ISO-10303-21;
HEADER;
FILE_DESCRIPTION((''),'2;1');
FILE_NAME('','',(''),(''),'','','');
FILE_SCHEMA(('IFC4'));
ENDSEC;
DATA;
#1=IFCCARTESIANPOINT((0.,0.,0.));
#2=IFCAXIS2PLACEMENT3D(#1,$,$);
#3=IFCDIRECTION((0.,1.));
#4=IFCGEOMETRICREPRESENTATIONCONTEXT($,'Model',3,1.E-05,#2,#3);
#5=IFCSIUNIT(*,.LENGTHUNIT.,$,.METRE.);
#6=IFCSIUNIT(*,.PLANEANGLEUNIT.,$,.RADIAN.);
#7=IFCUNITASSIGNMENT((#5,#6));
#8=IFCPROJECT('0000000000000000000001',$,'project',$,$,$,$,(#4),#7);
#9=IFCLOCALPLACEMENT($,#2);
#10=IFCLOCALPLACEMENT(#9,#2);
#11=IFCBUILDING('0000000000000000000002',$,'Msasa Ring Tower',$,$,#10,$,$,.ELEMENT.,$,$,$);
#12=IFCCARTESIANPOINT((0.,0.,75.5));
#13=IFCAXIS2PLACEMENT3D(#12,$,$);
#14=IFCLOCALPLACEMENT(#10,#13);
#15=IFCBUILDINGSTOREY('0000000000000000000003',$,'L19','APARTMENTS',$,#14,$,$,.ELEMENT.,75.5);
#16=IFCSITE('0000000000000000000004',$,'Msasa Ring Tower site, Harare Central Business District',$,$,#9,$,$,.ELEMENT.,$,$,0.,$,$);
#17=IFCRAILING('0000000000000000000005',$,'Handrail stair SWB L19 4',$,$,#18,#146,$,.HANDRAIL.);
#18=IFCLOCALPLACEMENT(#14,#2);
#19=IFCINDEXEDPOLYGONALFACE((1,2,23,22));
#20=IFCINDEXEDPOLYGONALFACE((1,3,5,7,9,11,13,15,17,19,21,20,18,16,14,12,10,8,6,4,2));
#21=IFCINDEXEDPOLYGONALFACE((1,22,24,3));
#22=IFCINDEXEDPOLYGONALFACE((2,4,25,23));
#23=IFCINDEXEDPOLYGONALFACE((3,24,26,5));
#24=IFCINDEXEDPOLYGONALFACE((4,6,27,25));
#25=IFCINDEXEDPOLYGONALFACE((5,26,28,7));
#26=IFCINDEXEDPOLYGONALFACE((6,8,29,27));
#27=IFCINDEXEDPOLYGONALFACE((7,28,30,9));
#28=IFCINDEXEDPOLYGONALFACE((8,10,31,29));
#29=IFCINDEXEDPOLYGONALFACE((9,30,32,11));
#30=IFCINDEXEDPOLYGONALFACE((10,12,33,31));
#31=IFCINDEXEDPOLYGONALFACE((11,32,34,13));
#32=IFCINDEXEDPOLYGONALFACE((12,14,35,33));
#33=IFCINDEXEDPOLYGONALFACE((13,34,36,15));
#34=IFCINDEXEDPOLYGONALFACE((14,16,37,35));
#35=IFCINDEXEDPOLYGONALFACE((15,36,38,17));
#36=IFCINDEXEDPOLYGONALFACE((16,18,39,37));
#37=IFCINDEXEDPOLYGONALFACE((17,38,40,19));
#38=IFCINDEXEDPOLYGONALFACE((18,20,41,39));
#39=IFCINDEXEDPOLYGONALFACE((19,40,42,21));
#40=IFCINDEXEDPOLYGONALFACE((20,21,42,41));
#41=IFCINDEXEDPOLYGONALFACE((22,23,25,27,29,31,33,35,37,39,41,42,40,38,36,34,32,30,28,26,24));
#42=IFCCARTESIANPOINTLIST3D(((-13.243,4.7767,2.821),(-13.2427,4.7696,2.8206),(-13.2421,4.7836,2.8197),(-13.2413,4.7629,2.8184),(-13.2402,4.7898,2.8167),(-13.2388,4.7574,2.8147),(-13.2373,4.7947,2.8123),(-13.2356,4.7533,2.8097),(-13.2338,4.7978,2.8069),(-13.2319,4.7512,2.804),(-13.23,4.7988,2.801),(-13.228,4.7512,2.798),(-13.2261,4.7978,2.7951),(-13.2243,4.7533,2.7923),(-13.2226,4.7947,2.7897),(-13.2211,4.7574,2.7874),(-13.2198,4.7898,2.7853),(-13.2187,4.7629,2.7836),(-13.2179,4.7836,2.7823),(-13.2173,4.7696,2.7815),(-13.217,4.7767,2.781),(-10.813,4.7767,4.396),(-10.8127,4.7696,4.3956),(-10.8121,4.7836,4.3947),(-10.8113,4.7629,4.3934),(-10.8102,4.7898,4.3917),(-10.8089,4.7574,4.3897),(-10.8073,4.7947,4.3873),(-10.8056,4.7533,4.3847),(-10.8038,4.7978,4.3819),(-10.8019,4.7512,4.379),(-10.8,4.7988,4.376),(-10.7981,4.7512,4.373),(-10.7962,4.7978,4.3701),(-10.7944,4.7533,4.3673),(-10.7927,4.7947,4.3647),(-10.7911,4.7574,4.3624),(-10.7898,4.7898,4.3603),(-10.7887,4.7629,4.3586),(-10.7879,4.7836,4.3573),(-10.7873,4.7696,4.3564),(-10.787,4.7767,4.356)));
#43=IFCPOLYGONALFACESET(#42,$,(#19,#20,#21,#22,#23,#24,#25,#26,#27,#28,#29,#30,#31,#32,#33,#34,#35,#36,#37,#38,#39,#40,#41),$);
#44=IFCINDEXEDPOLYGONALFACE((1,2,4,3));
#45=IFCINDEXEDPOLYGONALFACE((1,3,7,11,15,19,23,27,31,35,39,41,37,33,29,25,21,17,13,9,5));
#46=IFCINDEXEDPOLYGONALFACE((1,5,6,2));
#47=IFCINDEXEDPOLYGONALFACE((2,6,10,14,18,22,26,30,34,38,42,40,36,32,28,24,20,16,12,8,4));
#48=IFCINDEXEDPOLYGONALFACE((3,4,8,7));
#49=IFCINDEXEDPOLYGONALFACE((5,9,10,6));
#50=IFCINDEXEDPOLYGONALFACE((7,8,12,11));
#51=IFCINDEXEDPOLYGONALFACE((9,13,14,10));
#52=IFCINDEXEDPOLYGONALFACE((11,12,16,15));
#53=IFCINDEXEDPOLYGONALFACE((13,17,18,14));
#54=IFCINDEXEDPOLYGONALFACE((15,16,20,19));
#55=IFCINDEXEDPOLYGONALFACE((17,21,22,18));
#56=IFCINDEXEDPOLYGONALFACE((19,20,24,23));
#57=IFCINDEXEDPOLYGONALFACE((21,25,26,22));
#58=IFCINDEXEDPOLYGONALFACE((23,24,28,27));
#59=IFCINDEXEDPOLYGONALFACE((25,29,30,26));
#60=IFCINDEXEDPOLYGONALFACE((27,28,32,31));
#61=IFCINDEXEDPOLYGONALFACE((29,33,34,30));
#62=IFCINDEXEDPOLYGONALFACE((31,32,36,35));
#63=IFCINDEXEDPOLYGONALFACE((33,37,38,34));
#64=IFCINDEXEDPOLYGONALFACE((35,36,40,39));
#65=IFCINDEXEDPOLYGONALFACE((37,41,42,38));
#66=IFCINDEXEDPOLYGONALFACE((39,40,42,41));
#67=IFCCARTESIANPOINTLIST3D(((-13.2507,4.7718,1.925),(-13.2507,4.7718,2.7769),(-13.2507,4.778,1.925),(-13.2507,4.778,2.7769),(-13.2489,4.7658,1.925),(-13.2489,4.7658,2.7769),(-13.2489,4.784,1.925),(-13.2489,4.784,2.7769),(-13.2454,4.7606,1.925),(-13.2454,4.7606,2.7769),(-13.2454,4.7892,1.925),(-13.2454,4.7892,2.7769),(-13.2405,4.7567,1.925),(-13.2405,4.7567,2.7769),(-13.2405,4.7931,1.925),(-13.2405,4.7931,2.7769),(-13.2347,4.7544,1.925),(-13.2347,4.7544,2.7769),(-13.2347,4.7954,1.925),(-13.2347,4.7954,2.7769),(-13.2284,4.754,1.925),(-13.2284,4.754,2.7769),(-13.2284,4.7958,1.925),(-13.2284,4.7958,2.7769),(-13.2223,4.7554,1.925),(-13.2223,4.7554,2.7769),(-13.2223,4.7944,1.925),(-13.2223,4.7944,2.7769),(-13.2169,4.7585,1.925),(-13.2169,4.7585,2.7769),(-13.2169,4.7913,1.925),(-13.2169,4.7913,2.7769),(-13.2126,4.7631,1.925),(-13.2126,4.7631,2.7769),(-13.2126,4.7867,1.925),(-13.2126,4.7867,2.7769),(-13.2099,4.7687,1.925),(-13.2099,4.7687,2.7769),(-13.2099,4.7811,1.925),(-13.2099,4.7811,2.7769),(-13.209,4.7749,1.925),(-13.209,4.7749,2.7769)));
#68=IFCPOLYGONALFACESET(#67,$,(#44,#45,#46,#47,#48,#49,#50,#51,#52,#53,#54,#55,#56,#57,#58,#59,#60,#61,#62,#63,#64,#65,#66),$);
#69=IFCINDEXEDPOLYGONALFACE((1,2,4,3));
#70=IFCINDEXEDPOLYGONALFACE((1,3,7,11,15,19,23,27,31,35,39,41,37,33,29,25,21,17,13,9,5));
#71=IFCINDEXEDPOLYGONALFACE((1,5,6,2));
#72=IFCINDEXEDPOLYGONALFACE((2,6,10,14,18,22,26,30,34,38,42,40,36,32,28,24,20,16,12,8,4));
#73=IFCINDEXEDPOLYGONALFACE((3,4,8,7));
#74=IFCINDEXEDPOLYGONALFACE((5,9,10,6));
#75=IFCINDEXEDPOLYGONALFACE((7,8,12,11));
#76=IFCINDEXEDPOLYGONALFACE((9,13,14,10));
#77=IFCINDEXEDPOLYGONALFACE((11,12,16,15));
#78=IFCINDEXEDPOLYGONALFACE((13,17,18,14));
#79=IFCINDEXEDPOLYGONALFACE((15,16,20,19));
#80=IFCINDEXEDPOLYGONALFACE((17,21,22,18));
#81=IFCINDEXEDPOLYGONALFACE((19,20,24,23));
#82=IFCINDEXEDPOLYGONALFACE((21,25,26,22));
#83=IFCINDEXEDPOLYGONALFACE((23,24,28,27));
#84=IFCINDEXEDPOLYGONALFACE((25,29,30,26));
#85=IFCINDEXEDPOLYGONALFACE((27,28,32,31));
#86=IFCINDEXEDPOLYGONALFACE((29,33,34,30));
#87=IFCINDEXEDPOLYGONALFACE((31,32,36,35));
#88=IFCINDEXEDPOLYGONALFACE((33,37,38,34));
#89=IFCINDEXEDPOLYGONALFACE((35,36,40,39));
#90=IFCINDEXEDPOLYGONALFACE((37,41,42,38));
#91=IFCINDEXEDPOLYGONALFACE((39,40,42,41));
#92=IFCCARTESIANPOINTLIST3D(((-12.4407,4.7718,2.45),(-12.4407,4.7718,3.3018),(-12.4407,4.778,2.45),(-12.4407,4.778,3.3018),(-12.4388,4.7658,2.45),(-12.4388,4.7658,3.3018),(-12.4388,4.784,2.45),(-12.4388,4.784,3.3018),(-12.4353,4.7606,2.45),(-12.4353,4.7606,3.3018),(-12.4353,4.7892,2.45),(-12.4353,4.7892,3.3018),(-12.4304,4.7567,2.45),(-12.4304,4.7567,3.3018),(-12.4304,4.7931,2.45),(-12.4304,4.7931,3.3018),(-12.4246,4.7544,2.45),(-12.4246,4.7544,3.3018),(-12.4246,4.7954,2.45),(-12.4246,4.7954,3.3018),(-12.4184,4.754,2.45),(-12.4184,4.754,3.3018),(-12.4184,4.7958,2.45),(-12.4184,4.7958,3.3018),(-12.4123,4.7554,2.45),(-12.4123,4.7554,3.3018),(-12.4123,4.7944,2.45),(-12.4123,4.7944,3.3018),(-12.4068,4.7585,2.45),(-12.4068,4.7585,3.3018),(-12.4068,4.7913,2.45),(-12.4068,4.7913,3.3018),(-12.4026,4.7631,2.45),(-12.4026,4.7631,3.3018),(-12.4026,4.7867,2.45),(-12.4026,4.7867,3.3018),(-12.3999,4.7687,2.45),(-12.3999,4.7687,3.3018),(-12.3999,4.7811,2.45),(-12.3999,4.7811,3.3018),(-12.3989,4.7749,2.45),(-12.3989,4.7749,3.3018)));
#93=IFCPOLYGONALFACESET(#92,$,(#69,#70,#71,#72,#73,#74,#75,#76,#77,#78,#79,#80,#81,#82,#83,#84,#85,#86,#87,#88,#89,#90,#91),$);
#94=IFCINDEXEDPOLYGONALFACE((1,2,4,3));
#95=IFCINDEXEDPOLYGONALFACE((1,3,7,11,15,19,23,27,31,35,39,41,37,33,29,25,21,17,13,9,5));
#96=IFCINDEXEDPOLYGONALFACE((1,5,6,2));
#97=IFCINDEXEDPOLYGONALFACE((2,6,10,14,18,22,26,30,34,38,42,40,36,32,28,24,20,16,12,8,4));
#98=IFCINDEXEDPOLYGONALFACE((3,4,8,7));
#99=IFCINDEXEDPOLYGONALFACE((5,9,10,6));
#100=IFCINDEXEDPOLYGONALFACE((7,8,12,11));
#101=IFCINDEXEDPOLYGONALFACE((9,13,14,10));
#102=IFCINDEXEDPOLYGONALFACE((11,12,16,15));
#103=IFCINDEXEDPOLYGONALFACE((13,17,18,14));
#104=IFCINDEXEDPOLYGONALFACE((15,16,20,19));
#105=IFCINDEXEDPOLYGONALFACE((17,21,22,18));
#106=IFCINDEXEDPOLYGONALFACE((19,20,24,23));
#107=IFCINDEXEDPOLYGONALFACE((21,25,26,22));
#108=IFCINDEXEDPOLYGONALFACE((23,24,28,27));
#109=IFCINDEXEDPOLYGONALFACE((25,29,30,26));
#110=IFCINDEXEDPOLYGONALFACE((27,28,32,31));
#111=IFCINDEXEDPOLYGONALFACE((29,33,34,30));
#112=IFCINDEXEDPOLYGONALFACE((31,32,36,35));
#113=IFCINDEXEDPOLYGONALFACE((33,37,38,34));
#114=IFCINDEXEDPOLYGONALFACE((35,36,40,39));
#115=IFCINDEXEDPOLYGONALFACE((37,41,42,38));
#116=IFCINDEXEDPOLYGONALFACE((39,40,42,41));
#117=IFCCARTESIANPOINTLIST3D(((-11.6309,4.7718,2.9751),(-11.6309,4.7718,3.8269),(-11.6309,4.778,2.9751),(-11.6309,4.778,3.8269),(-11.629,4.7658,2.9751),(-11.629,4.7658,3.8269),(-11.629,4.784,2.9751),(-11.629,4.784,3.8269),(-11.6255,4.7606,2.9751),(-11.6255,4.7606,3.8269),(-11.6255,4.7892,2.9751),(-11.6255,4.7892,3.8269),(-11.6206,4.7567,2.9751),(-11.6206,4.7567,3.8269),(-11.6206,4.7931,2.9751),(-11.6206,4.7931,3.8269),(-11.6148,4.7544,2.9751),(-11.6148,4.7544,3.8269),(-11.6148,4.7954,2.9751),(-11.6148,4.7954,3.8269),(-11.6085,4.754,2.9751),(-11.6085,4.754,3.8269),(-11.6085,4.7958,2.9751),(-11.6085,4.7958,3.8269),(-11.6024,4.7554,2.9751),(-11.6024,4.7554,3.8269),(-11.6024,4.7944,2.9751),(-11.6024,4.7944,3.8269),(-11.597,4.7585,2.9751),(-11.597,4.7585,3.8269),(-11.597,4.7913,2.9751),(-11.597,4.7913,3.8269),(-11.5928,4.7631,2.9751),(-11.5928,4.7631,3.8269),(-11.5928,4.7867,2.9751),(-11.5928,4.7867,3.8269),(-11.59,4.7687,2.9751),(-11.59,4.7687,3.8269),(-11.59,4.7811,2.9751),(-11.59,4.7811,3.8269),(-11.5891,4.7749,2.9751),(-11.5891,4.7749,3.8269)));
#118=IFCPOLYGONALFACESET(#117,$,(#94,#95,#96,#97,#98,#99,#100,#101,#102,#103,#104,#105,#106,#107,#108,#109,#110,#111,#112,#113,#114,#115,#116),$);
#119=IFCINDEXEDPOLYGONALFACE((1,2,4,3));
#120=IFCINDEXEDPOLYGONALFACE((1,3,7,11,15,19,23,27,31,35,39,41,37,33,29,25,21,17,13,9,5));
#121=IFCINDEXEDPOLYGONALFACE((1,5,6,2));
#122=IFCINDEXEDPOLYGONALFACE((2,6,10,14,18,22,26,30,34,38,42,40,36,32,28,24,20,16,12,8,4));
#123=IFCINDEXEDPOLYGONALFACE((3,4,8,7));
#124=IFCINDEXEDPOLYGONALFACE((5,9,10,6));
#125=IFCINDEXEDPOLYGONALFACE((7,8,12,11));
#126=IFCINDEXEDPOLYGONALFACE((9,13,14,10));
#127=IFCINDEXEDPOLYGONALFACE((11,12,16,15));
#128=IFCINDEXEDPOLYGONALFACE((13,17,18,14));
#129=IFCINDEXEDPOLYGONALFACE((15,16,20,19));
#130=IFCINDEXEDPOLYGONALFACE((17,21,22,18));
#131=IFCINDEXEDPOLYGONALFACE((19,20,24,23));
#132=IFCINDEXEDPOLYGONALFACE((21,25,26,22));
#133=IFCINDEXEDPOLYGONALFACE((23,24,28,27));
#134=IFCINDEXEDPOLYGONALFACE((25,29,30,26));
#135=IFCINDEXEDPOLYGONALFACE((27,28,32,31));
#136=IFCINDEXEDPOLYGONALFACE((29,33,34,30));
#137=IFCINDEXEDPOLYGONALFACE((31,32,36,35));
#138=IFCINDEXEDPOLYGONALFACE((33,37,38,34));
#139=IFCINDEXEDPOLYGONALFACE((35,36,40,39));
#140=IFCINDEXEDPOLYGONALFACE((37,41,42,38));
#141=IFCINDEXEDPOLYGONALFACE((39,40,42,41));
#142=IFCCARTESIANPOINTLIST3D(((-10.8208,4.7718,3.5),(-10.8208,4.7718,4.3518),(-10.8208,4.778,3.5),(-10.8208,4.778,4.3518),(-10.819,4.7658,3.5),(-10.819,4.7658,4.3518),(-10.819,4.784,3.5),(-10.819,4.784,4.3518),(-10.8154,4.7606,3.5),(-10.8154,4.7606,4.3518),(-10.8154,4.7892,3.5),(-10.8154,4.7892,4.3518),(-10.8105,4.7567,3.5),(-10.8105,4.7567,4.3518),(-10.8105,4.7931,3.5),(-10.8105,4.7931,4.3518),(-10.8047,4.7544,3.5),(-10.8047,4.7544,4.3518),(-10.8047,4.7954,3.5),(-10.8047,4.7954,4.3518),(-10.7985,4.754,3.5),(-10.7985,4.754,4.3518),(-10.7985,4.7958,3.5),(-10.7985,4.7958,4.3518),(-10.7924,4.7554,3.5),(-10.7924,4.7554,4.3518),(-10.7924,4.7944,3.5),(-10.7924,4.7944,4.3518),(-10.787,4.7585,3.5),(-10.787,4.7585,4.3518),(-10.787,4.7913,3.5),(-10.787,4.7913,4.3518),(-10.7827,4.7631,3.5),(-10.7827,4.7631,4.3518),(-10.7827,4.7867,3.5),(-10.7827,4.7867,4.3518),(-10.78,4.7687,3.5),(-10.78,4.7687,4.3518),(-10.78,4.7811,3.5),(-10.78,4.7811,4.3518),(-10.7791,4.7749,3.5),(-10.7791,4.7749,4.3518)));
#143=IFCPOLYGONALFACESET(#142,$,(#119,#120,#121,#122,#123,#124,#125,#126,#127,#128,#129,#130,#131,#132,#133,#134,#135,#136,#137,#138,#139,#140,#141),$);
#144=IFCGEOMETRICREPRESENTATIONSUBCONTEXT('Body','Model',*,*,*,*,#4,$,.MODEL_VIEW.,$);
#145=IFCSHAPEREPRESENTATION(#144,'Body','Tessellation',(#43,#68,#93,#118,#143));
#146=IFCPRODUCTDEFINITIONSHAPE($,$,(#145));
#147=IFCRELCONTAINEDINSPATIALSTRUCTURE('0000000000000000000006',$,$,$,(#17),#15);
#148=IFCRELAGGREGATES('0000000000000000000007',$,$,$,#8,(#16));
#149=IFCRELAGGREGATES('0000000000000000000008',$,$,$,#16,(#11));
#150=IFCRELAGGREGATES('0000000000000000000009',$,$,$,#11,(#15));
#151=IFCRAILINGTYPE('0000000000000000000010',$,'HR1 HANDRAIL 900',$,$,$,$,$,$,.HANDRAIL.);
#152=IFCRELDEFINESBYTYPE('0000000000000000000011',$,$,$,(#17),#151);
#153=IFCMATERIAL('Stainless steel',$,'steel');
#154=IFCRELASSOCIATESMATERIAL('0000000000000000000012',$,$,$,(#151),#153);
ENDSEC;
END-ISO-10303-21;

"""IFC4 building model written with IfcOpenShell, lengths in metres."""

from ifc_helpers import new_model, si_unit, direction, frame, origin, origin_2d, place, context, subcontext, project, spatial, circle, extrude, material, type_object, element, save


model = new_model("IFC4")

# Units and contexts
model_context = context("Model", 3, precision=1e-05, world=origin(), true_north=direction((0.0, 1.0)))
body_context = subcontext(model_context, "Body", "Model", "MODEL_VIEW")
ifc_project = project(units=[si_unit("LENGTHUNIT", "METRE"), si_unit("PLANEANGLEUNIT", "RADIAN")], contexts=[model_context])

# Site, building, storey
site_placement = place(None, origin())
site = spatial("IfcSite", under=ifc_project, at=site_placement, Name="Msasa Ring Tower site, Harare Central Business District", CompositionType="ELEMENT", RefElevation=0.0)
building_placement = place(site_placement, origin())
building = spatial("IfcBuilding", under=site, at=building_placement, Name="Msasa Ring Tower", CompositionType="ELEMENT")
storey_placement = place(building_placement, frame((0.0, 0.0, 75.5)))
storey = spatial("IfcBuildingStorey", under=building, at=storey_placement, Name="L19", Description="APARTMENTS", CompositionType="ELEMENT", Elevation=75.5)

# Railing
ifc_material_1 = material(Name="Stainless steel", Category="steel")
railing_type = type_object("IfcRailingType", Name="HR1 HANDRAIL 900", PredefinedType="HANDRAIL", material=ifc_material_1)
for number, where, name in (
    (1, (-13.23, 4.7749, 1.925), "Handrail stair SWB L19 4"),
):
    element("IfcRailing", number, at=place(storey_placement, frame(where)), inside=storey, type_object=railing_type, Name=name, PredefinedType="HANDRAIL", context=body_context, shape_type="SweptSolid", body=[
        extrude(circle(Radius=0.0239, at=origin_2d()), frame((0.0, 0.0, 0.876), z_axis=(0.839154, 0.0, 0.543894), x_axis=(0.0, 1.0, 0.0)), (0.0, 0.0, 1.0), 2.8958),
        extrude(circle(Radius=0.021, at=origin_2d()), origin(), (0.0, 0.0, 1.0), 0.8518),
        extrude(circle(Radius=0.021, at=origin_2d()), frame((0.8101, 0.0, 0.5249)), (0.0, 0.0, 1.0), 0.8518),
        extrude(circle(Radius=0.021, at=origin_2d()), frame((1.6199, 0.0, 1.05)), (0.0, 0.0, 1.0), 0.8518),
        extrude(circle(Radius=0.021, at=origin_2d()), frame((2.4299, 0.0, 1.575)), (0.0, 0.0, 1.0), 0.8518),
    ])

save(model, "model.ifc")
